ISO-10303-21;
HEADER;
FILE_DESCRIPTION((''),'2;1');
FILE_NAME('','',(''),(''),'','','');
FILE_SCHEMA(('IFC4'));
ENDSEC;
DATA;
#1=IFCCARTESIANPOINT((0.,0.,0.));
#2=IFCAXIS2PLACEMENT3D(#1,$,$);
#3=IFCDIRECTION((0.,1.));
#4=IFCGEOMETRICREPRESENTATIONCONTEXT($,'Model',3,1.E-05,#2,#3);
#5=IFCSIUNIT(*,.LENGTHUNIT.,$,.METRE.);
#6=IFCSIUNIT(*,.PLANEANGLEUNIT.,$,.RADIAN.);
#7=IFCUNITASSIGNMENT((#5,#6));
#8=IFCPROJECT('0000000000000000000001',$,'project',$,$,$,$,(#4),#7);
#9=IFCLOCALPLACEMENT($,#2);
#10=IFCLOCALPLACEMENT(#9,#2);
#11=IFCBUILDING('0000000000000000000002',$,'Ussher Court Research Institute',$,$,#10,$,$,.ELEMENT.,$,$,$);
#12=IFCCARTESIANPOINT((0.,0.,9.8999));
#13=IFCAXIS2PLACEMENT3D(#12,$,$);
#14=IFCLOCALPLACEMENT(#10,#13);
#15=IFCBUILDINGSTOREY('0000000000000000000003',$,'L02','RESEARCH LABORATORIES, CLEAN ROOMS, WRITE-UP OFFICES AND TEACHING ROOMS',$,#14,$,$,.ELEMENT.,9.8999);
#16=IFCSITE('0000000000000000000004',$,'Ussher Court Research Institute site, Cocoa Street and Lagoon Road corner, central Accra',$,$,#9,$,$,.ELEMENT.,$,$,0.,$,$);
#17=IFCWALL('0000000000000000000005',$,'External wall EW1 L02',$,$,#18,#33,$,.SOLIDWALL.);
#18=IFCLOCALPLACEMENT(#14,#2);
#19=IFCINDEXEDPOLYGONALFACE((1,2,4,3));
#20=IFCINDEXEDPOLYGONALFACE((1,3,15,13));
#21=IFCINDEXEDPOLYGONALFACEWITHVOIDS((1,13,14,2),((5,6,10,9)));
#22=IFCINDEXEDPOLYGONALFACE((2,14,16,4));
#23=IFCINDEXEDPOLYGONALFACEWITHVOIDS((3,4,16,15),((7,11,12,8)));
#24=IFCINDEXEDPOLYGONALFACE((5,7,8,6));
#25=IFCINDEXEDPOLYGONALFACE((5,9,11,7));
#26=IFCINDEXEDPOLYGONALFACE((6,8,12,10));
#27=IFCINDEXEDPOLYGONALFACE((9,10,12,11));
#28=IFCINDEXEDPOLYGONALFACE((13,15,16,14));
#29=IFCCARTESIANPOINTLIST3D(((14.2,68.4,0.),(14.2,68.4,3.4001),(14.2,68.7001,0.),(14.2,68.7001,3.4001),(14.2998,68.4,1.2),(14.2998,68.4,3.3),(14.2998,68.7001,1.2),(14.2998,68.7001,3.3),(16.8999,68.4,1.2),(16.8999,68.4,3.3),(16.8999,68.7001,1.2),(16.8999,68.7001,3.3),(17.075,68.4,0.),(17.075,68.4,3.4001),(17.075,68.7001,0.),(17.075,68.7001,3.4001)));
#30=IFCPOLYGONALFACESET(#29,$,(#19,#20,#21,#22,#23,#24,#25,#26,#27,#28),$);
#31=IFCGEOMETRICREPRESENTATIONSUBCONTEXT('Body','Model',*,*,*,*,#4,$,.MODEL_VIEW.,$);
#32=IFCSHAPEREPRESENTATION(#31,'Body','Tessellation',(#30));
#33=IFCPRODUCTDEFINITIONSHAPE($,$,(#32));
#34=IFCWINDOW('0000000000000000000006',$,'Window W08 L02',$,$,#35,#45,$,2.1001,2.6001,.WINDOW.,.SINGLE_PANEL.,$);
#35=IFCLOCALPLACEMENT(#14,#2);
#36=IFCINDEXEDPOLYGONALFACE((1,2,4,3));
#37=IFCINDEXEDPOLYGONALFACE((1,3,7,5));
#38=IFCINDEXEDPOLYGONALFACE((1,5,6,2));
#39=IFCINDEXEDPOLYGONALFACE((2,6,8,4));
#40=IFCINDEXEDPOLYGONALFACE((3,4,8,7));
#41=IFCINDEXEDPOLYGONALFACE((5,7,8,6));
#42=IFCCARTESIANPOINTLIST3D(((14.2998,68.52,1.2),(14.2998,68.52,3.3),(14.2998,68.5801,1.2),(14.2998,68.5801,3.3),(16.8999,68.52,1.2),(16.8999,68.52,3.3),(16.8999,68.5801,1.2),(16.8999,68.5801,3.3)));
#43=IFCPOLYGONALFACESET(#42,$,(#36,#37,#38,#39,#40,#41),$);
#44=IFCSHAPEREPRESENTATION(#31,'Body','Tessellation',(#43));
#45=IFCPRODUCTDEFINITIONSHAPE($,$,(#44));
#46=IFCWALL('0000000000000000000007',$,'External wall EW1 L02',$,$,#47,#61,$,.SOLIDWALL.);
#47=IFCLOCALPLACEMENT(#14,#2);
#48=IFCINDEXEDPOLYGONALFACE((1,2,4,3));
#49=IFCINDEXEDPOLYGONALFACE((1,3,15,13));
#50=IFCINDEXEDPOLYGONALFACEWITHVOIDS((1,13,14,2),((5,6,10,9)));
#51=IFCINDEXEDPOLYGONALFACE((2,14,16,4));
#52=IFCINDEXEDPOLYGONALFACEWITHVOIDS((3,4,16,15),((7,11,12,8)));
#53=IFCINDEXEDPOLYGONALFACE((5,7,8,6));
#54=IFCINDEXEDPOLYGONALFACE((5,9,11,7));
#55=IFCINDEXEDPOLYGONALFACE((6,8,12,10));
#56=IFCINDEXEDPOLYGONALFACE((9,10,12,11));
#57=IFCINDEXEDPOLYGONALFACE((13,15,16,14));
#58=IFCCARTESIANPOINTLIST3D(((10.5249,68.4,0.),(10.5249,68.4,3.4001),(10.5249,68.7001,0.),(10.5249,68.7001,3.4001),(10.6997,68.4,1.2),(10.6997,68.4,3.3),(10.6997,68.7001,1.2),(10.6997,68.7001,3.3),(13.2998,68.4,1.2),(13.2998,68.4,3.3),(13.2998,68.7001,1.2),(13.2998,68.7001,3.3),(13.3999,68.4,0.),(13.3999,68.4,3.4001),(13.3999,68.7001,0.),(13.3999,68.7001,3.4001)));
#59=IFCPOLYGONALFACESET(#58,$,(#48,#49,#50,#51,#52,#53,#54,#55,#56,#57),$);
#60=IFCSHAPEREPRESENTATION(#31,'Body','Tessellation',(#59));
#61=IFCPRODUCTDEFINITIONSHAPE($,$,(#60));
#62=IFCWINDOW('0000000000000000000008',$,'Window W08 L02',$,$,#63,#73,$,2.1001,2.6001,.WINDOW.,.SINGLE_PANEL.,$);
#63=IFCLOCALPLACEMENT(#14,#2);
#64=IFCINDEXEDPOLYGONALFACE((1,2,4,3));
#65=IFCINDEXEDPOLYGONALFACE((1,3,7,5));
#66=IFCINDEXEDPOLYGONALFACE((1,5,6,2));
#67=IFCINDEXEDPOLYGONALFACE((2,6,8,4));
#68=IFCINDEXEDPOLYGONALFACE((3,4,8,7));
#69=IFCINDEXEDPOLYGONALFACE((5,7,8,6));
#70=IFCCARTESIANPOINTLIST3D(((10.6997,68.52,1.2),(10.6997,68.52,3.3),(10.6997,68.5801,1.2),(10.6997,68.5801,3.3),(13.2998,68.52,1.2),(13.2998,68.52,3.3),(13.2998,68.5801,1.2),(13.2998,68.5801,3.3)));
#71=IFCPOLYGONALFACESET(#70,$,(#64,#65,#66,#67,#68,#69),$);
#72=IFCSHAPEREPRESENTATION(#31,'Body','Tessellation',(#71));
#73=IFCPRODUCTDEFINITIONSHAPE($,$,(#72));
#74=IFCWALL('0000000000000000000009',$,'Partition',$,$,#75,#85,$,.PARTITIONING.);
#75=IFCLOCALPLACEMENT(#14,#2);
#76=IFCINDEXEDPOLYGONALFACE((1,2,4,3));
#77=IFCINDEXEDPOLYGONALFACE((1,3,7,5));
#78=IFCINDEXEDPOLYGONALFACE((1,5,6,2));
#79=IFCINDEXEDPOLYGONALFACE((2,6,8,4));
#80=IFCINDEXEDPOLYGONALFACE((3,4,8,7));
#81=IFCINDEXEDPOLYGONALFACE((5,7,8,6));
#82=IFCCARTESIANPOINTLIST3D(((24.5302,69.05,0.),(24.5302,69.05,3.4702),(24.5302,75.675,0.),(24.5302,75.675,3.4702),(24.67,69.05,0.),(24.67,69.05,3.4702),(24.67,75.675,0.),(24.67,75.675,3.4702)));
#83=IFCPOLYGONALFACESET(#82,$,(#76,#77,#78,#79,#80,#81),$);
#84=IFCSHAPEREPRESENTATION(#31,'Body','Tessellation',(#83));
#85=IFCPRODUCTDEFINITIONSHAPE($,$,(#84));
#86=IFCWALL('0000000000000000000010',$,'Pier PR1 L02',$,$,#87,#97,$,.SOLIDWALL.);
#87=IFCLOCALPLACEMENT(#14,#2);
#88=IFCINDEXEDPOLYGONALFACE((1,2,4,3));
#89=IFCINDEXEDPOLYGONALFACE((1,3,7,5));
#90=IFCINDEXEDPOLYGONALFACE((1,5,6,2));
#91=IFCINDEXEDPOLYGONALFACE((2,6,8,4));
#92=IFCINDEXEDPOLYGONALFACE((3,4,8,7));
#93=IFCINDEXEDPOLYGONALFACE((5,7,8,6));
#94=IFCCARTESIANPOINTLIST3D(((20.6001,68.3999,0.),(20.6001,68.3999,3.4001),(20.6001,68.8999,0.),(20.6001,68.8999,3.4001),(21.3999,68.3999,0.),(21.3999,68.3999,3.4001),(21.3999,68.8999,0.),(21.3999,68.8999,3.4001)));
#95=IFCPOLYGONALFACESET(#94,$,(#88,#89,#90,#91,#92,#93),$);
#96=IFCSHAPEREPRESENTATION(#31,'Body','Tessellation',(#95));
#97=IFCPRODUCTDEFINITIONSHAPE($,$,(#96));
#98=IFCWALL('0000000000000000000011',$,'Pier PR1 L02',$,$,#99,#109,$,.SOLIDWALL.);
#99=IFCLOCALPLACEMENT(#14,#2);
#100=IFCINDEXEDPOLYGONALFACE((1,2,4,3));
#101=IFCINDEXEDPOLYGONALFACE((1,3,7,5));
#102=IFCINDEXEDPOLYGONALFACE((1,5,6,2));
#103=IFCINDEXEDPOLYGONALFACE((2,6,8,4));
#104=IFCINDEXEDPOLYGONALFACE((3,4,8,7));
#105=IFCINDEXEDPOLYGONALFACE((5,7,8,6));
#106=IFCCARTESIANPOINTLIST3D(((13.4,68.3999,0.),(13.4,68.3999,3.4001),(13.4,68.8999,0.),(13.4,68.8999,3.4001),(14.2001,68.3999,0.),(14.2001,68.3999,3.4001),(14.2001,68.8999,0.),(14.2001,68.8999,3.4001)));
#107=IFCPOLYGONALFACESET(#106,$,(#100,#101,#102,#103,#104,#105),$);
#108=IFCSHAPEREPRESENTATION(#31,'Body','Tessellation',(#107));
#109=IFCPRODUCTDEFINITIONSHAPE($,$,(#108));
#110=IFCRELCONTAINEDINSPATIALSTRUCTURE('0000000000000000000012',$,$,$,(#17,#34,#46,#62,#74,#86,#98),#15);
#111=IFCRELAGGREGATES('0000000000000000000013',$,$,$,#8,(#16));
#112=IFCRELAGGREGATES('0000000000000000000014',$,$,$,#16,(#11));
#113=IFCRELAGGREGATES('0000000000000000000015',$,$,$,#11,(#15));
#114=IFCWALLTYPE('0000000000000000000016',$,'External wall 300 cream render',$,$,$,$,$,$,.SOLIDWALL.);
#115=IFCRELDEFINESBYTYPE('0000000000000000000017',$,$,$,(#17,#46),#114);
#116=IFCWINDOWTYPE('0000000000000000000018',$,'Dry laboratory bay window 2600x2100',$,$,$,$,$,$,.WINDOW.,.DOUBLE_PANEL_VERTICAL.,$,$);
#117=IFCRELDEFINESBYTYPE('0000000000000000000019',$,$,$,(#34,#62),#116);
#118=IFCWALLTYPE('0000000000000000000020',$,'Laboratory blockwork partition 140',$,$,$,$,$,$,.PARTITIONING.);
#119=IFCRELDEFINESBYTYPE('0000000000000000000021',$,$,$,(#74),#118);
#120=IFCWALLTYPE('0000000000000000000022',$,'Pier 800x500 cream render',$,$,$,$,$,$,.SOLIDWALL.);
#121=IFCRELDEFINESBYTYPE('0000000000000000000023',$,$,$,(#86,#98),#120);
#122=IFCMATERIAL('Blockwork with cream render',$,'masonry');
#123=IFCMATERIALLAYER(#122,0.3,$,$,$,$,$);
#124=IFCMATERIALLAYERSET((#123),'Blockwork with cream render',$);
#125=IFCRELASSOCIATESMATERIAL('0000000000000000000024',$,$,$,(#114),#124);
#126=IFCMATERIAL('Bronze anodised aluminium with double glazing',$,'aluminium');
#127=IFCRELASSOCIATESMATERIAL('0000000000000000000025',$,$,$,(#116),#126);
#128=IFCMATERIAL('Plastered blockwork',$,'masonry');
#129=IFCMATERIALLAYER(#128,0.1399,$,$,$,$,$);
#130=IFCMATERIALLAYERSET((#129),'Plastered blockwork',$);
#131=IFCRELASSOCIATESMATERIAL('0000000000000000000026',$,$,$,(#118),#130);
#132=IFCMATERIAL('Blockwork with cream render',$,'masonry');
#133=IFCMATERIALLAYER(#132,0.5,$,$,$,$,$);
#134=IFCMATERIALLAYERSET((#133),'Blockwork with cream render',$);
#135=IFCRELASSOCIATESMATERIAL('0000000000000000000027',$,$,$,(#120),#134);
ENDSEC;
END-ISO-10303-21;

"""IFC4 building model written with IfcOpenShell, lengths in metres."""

from ifc_helpers import new_model, si_unit, direction, frame, frame_2d, origin, place, context, subcontext, project, spatial, rectangle, extrude, material, layer, layer_set, type_object, element, fill, save


model = new_model("IFC4")

# Units and contexts
model_context = context("Model", 3, precision=1e-05, world=origin(), true_north=direction((0.0, 1.0)))
body_context = subcontext(model_context, "Body", "Model", "MODEL_VIEW")
ifc_project = project(units=[si_unit("LENGTHUNIT", "METRE"), si_unit("PLANEANGLEUNIT", "RADIAN")], contexts=[model_context])

# Site, building, storey
site_placement = place(None, origin())
site = spatial("IfcSite", under=ifc_project, at=site_placement, Name="Ussher Court Research Institute site, Cocoa Street and Lagoon Road corner, central Accra", CompositionType="ELEMENT", RefElevation=0.0)
building_placement = place(site_placement, origin())
building = spatial("IfcBuilding", under=site, at=building_placement, Name="Ussher Court Research Institute", CompositionType="ELEMENT")
storey_placement = place(building_placement, frame((0.0, 0.0, 9.8999)))
storey = spatial("IfcBuildingStorey", under=building, at=storey_placement, Name="L02", Description="RESEARCH LABORATORIES, CLEAN ROOMS, WRITE-UP OFFICES AND TEACHING ROOMS", CompositionType="ELEMENT", Elevation=9.8999)

# Walls, openings, windows
ifc_material_1 = material(Name="Blockwork with cream render", Category="masonry")
ifc_layer_1 = layer(ifc_material_1, 0.3)
ifc_layer_set_1 = layer_set([ifc_layer_1], Name="Blockwork with cream render")
wall_type_1 = type_object("IfcWallType", Name="External wall 300 cream render", PredefinedType="SOLIDWALL", material=ifc_layer_set_1)
ifc_material_2 = material(Name="Bronze anodised aluminium with double glazing", Category="aluminium")
window_type = type_object("IfcWindowType", Name="Dry laboratory bay window 2600x2100", PartitioningType="DOUBLE_PANEL_VERTICAL", PredefinedType="WINDOW", material=ifc_material_2)
wall_1_placement = place(storey_placement, frame((17.075, 68.55, 0.0), z_axis=(0.0, 0.0, 1.0), x_axis=(-1.0, 0.0, 0.0)))
wall_1 = element("IfcWall", 1, at=wall_1_placement, inside=storey, type_object=wall_type_1, Name="External wall EW1 L02", PredefinedType="SOLIDWALL", context=body_context, shape_type="SweptSolid", body=[
    extrude(rectangle(XDim=2.875, YDim=0.3, at=frame_2d((1.4375, 0.0))), origin(), (0.0, 0.0, 1.0), 3.4001),
])
opening_1_placement = place(wall_1_placement, frame((0.175, 0.0, 1.2)))
opening_1 = element("IfcOpeningElement", 2, at=opening_1_placement, cuts=wall_1, PredefinedType="OPENING", context=body_context, shape_type="SweptSolid", body=[
    extrude(rectangle(XDim=2.6001, YDim=2.1001, at=frame_2d((1.3, 1.05))), frame((0.0, 0.1602, 0.0), z_axis=(0.0, -1.0, 0.0), x_axis=(1.0, 0.0, 0.0)), (0.0, 0.0, 1.0), 0.3201),
])
window_1_placement = place(opening_1_placement, origin())
window_1 = element("IfcWindow", 3, at=window_1_placement, inside=storey, type_object=window_type, Name="Window W08 L02", OverallHeight=2.1001, OverallWidth=2.6001, PartitioningType="SINGLE_PANEL", PredefinedType="WINDOW", context=body_context, shape_type="SweptSolid", body=[
    extrude(rectangle(XDim=2.6001, YDim=2.1001, at=frame_2d((1.3, 1.05))), frame((0.0, 0.03, 0.0), z_axis=(0.0, -1.0, 0.0), x_axis=(1.0, 0.0, 0.0)), (0.0, 0.0, 1.0), 0.0601),
])
fill(opening_1, window_1)
wall_2_placement = place(storey_placement, frame((13.3999, 68.55, 0.0), z_axis=(0.0, 0.0, 1.0), x_axis=(-1.0, 0.0, 0.0)))
wall_2 = element("IfcWall", 4, at=wall_2_placement, inside=storey, type_object=wall_type_1, Name="External wall EW1 L02", PredefinedType="SOLIDWALL", context=body_context, shape_type="SweptSolid", body=[
    extrude(rectangle(XDim=2.875, YDim=0.3, at=frame_2d((1.4375, 0.0))), origin(), (0.0, 0.0, 1.0), 3.4001),
])
opening_2_placement = place(wall_2_placement, frame((0.1001, 0.0, 1.2)))
opening_2 = element("IfcOpeningElement", 5, at=opening_2_placement, cuts=wall_2, PredefinedType="OPENING", context=body_context, shape_type="SweptSolid", body=[
    extrude(rectangle(XDim=2.6001, YDim=2.1001, at=frame_2d((1.3, 1.05))), frame((0.0, 0.1602, 0.0), z_axis=(0.0, -1.0, 0.0), x_axis=(1.0, 0.0, 0.0)), (0.0, 0.0, 1.0), 0.3201),
])
window_2_placement = place(opening_2_placement, origin())
window_2 = element("IfcWindow", 6, at=window_2_placement, inside=storey, type_object=window_type, Name="Window W08 L02", OverallHeight=2.1001, OverallWidth=2.6001, PartitioningType="SINGLE_PANEL", PredefinedType="WINDOW", context=body_context, shape_type="SweptSolid", body=[
    extrude(rectangle(XDim=2.6001, YDim=2.1001, at=frame_2d((1.3, 1.05))), frame((0.0, 0.03, 0.0), z_axis=(0.0, -1.0, 0.0), x_axis=(1.0, 0.0, 0.0)), (0.0, 0.0, 1.0), 0.0601),
])
fill(opening_2, window_2)

# Walls
ifc_material_3 = material(Name="Plastered blockwork", Category="masonry")
ifc_layer_2 = layer(ifc_material_3, 0.1399)
ifc_layer_set_2 = layer_set([ifc_layer_2], Name="Plastered blockwork")
wall_type_2 = type_object("IfcWallType", Name="Laboratory blockwork partition 140", PredefinedType="PARTITIONING", material=ifc_layer_set_2)
wall_3_placement = place(storey_placement, frame((24.6001, 69.05, 0.0), z_axis=(0.0, 0.0, 1.0), x_axis=(0.0, 1.0, 0.0)))
element("IfcWall", 7, at=wall_3_placement, inside=storey, type_object=wall_type_2, Name="Partition", PredefinedType="PARTITIONING", context=body_context, shape_type="SweptSolid", body=[
    extrude(rectangle(XDim=6.625, YDim=0.1399, at=frame_2d((3.3125, 0.0))), origin(), (0.0, 0.0, 1.0), 3.4702),
])
ifc_material_4 = material(Name="Blockwork with cream render", Category="masonry")
ifc_layer_3 = layer(ifc_material_4, 0.5)
ifc_layer_set_3 = layer_set([ifc_layer_3], Name="Blockwork with cream render")
wall_type_3 = type_object("IfcWallType", Name="Pier 800x500 cream render", PredefinedType="SOLIDWALL", material=ifc_layer_set_3)
wall_4_placement = place(storey_placement, frame((21.3999, 68.6499, 0.0), z_axis=(0.0, 0.0, 1.0), x_axis=(-1.0, 0.0, 0.0)))
element("IfcWall", 8, at=wall_4_placement, inside=storey, type_object=wall_type_3, Name="Pier PR1 L02", PredefinedType="SOLIDWALL", context=body_context, shape_type="SweptSolid", body=[
    extrude(rectangle(XDim=0.7998, YDim=0.5, at=frame_2d((0.3999, 0.0))), origin(), (0.0, 0.0, 1.0), 3.4001),
])
wall_5_placement = place(storey_placement, frame((14.2, 68.6499, 0.0), z_axis=(0.0, 0.0, 1.0), x_axis=(-1.0, 0.0, 0.0)))
element("IfcWall", 9, at=wall_5_placement, inside=storey, type_object=wall_type_3, Name="Pier PR1 L02", PredefinedType="SOLIDWALL", context=body_context, shape_type="SweptSolid", body=[
    extrude(rectangle(XDim=0.8, YDim=0.5, at=frame_2d((0.3999, 0.0))), origin(), (0.0, 0.0, 1.0), 3.4001),
])

save(model, "model.ifc")
